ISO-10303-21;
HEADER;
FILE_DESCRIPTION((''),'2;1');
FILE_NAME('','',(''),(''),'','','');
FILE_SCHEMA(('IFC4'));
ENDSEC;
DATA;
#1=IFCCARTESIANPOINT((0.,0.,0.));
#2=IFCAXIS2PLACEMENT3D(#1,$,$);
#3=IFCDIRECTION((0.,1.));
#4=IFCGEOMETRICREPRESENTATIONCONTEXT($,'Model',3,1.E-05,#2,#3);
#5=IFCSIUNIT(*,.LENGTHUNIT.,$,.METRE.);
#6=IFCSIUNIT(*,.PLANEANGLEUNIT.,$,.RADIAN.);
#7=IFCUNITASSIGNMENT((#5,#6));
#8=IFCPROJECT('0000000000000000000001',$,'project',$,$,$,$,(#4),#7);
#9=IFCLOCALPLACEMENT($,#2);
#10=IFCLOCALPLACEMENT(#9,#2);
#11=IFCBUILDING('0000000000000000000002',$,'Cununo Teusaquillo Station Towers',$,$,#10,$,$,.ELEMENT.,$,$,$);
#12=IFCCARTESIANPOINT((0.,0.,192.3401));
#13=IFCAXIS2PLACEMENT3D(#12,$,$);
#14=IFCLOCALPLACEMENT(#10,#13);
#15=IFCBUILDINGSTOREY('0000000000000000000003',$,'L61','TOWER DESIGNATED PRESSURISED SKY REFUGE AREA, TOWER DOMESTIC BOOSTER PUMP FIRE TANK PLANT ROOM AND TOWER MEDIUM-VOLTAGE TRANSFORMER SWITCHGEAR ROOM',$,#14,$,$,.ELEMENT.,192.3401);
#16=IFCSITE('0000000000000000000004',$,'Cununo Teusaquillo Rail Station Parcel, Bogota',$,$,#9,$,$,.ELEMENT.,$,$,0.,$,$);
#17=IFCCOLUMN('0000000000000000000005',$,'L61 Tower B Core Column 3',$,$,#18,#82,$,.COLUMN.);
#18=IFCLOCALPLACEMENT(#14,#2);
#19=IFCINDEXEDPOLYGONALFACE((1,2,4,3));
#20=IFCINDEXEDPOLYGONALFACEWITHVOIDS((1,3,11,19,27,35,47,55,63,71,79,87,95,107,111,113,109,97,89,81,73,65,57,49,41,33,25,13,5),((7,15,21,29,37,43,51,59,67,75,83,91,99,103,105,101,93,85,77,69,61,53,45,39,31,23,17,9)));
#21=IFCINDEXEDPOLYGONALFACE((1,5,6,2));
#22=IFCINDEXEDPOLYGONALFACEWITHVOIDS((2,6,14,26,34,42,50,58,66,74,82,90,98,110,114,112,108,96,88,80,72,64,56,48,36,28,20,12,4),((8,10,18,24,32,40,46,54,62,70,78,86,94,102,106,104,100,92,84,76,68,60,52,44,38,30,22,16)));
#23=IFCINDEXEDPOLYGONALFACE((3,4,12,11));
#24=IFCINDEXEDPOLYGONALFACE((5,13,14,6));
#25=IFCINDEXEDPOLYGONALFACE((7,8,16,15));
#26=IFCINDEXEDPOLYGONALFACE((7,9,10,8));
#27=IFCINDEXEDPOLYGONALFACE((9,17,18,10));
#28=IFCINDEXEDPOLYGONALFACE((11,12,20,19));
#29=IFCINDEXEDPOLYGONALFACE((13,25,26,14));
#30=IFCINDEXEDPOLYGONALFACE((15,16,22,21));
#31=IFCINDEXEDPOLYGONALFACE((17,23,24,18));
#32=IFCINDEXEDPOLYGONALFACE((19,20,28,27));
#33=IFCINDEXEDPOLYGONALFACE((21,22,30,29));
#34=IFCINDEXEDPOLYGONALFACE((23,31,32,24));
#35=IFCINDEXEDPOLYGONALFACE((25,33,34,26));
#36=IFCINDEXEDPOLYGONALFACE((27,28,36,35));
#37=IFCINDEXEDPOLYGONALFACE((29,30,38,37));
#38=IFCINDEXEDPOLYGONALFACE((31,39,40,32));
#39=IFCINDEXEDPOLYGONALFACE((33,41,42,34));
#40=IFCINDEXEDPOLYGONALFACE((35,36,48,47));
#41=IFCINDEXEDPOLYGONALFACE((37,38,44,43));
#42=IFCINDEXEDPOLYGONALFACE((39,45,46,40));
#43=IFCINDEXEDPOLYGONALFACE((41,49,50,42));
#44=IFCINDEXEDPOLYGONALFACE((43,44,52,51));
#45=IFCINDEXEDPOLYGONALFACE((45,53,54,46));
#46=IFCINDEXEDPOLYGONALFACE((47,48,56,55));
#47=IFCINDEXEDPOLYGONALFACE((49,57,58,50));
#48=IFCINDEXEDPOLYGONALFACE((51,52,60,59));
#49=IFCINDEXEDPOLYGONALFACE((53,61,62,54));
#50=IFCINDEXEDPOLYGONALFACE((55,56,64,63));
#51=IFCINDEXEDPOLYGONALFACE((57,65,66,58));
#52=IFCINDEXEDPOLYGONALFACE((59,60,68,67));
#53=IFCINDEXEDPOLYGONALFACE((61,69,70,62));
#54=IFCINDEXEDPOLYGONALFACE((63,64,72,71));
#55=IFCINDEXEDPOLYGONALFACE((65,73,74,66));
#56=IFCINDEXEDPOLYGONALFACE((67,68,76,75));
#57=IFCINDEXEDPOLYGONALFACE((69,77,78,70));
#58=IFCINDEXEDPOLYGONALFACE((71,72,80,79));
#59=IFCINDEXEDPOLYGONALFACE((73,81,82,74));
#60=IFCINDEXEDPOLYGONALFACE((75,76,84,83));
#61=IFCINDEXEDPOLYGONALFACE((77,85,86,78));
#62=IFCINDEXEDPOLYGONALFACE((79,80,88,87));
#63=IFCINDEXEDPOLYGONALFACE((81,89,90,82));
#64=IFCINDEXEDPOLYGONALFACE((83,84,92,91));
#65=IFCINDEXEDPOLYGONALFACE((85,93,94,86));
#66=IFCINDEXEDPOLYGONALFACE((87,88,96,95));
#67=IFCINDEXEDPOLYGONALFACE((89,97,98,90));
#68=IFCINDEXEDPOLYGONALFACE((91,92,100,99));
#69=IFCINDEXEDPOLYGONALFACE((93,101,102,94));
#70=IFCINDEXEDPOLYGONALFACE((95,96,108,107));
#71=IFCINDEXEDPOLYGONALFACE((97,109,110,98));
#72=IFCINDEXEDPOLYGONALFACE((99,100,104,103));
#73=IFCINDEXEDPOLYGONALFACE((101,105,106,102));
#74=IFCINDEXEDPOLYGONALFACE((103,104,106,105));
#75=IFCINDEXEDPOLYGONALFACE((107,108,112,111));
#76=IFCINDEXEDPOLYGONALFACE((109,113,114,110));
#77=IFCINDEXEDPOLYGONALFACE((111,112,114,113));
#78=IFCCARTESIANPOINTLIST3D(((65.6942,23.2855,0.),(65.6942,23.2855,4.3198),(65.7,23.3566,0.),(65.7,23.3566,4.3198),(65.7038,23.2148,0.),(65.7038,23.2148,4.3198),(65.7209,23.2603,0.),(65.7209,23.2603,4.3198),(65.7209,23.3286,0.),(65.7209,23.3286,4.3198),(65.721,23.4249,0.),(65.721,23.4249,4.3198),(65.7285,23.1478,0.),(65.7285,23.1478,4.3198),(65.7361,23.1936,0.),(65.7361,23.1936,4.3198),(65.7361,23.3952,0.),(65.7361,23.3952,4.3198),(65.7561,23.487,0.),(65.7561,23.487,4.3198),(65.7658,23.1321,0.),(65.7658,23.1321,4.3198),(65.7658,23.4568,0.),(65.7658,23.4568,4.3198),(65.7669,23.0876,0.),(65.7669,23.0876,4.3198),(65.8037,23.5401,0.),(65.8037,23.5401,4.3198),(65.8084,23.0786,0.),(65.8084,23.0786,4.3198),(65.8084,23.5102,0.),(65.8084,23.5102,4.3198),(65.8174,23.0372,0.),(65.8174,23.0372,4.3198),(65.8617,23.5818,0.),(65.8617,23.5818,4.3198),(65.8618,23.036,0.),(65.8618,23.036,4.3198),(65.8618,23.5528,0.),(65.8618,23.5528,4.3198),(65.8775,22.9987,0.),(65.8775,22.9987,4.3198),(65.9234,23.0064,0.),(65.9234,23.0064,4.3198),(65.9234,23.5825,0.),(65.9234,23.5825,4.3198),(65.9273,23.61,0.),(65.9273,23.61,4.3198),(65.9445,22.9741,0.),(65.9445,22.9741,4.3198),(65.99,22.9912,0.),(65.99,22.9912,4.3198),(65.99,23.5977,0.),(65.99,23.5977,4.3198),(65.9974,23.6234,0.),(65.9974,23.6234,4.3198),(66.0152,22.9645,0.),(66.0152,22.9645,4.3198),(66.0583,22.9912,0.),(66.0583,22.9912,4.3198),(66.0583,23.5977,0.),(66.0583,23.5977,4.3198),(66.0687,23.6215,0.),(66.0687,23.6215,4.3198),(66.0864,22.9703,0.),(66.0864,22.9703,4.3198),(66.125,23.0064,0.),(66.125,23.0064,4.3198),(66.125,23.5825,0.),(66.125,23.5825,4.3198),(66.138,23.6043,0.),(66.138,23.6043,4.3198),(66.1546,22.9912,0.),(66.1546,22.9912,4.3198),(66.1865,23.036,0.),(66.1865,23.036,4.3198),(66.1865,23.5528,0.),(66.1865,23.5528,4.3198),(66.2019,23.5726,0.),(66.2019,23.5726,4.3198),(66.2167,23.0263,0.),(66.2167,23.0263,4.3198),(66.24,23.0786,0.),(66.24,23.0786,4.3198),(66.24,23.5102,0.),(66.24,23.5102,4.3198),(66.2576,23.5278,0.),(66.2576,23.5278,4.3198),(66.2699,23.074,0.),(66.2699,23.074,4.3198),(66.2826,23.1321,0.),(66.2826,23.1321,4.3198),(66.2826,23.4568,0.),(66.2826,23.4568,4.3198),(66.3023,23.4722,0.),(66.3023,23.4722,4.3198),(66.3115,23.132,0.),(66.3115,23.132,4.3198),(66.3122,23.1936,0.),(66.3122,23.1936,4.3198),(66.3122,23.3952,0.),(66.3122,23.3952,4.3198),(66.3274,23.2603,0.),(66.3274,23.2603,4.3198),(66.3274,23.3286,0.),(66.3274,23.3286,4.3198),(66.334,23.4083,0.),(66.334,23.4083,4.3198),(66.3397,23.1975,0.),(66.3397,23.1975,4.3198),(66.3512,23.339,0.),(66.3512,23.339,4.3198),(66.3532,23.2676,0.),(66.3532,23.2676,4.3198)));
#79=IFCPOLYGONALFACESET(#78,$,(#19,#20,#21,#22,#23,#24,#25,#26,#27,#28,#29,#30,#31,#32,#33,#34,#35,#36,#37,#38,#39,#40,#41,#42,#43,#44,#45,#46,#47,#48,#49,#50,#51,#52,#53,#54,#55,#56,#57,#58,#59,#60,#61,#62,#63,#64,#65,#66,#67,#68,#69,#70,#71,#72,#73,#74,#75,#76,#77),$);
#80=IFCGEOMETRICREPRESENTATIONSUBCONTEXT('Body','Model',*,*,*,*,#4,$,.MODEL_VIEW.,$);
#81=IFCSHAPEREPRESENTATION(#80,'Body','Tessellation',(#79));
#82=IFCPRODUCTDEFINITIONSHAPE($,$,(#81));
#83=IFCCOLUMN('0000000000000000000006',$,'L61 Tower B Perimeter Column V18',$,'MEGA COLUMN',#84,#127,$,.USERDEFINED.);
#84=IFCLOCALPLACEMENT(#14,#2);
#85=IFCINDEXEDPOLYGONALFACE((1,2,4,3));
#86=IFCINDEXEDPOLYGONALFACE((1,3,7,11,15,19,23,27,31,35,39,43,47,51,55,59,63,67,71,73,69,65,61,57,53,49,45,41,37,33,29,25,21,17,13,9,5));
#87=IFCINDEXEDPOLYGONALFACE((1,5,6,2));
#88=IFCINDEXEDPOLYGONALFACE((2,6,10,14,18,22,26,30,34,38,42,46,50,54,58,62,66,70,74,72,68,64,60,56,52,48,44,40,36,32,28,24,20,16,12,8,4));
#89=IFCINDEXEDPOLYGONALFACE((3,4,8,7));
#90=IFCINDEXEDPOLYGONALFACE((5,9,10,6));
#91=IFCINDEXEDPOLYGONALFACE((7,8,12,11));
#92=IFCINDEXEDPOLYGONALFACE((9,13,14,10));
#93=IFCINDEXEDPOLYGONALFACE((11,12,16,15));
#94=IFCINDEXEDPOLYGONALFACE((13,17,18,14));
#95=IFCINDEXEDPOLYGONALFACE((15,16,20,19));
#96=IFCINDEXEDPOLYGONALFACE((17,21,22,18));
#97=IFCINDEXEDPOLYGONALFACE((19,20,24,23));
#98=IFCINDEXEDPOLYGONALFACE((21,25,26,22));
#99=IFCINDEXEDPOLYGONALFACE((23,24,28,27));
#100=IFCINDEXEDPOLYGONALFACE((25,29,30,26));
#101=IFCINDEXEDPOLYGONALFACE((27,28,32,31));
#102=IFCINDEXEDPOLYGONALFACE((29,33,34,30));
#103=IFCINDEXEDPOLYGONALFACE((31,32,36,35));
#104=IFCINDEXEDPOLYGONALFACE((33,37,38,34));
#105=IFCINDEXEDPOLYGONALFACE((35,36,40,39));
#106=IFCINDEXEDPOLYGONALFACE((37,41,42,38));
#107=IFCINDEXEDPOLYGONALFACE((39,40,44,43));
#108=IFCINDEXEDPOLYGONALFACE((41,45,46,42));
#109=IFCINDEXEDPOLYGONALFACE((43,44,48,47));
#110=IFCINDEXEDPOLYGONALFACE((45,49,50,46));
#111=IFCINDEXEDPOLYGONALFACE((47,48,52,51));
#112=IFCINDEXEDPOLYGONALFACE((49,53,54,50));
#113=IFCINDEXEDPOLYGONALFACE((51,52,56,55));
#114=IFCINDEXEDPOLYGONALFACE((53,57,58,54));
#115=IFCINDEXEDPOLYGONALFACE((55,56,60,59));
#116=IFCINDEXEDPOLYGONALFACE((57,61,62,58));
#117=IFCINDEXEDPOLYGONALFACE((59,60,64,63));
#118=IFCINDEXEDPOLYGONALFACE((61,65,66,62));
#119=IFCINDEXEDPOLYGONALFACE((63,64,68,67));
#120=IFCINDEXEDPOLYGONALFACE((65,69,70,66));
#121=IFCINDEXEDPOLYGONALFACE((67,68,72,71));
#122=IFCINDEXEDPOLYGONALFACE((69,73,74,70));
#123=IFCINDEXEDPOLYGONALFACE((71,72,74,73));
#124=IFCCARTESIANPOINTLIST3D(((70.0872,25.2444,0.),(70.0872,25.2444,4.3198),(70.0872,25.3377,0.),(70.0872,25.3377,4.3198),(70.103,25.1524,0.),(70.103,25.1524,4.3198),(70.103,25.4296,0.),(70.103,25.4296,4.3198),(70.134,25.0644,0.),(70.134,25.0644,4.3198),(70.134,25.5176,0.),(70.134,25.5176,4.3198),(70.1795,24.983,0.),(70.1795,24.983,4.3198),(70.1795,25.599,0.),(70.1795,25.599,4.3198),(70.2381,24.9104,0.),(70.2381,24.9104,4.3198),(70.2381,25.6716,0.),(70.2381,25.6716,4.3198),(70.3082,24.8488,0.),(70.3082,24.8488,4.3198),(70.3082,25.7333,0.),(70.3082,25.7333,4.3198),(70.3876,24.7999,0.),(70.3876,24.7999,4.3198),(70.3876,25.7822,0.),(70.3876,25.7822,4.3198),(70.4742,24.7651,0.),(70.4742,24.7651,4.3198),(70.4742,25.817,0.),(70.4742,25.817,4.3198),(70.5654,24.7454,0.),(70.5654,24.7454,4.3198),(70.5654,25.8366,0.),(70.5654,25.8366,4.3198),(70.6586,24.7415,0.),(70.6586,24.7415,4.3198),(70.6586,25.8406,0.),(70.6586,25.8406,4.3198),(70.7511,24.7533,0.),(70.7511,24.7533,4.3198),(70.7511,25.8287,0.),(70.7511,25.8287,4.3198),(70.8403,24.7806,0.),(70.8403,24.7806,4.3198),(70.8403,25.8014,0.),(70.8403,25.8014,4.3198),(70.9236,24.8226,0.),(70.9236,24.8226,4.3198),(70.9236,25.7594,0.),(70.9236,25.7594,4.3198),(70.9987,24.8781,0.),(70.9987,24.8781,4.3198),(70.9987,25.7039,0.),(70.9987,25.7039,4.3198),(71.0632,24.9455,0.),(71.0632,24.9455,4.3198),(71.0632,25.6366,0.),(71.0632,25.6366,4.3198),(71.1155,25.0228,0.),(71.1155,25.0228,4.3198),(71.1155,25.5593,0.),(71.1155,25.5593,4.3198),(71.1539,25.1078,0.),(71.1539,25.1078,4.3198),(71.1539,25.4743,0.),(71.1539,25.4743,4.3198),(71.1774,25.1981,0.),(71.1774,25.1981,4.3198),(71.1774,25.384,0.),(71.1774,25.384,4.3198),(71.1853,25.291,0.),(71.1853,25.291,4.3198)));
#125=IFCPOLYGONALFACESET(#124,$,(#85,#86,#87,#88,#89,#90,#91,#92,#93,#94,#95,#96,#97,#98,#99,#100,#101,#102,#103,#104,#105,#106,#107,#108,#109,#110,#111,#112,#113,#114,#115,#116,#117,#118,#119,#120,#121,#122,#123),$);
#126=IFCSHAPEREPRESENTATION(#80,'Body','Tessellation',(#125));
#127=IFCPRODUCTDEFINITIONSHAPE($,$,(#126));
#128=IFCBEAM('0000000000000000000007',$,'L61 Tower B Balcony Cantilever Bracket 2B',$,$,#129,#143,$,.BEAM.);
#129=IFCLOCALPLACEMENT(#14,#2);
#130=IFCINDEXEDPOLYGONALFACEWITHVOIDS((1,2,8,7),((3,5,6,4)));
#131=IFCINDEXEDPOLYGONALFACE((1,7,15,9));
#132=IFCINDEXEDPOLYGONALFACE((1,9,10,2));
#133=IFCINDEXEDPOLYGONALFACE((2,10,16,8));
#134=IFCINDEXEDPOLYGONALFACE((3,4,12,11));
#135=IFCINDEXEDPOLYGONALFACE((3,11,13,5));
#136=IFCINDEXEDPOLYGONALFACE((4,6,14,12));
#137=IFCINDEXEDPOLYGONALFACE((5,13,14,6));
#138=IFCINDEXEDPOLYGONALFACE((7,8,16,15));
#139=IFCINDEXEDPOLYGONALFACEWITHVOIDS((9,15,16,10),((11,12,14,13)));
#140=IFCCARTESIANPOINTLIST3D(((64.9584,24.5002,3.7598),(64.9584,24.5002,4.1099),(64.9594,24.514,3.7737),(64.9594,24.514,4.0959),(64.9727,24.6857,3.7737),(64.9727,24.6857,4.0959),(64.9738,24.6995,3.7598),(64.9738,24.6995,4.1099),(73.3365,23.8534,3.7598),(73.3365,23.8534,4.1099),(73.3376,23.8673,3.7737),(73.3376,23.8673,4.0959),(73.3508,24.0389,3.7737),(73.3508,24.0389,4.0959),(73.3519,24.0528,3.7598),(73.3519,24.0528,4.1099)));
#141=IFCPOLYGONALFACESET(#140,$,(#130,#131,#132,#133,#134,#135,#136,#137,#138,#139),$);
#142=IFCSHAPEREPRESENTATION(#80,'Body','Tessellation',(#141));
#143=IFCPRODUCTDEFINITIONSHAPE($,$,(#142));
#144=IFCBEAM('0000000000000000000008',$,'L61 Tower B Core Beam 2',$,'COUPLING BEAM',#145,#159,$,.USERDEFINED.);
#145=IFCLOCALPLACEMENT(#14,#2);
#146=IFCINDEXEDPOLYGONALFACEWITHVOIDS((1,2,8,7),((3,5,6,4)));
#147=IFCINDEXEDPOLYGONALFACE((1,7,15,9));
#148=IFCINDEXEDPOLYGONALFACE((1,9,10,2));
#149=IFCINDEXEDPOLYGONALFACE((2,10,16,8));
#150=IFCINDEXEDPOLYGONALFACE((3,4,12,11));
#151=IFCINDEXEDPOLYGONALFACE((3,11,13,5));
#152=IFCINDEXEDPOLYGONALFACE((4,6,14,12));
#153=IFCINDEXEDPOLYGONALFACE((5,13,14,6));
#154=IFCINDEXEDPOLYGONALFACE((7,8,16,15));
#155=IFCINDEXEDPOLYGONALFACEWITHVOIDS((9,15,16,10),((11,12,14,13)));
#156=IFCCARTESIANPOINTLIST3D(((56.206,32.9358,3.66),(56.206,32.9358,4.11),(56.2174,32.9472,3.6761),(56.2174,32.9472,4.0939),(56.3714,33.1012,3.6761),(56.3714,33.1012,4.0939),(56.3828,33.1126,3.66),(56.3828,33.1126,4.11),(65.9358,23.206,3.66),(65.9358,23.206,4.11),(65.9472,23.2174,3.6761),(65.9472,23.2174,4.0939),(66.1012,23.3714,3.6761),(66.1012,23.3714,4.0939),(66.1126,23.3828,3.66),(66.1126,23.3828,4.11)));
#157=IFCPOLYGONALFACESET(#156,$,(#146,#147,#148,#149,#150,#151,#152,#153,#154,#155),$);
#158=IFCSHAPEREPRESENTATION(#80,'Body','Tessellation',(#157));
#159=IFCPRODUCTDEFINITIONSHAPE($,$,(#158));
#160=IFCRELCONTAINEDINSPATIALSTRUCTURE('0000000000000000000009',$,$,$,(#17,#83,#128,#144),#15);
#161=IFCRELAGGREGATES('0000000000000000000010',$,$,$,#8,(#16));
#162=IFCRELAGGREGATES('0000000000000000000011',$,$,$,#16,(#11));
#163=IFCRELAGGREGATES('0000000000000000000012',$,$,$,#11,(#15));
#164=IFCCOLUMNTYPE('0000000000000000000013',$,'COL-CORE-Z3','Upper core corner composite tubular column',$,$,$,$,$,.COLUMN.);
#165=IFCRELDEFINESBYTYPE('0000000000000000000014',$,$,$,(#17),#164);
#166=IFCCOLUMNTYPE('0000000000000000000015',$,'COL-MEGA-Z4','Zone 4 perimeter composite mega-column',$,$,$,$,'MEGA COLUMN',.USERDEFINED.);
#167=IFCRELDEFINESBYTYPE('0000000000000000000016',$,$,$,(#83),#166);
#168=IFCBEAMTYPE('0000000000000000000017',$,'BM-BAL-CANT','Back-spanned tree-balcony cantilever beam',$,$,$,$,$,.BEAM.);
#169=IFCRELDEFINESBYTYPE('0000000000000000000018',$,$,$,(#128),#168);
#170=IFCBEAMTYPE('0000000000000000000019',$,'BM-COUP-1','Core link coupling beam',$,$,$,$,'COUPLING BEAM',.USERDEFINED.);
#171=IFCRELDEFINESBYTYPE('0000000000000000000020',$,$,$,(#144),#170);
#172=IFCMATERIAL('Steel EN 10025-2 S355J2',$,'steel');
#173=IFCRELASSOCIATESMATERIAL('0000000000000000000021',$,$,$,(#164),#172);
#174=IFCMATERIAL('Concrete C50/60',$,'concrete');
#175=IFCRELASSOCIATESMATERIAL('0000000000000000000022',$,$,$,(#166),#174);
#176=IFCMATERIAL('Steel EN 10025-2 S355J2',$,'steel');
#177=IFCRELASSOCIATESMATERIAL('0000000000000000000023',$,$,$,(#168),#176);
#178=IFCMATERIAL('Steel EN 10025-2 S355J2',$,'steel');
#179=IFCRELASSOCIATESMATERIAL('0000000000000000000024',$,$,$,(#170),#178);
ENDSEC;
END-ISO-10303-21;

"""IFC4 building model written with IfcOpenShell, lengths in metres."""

from ifc_helpers import new_model, si_unit, direction, frame, origin, origin_2d, place, context, subcontext, project, spatial, hollow_rectangle, circle, hollow_circle, extrude, material, material_profile, profile_set, type_object, element, save


model = new_model("IFC4")

# Units and contexts
model_context = context("Model", 3, precision=1e-05, world=origin(), true_north=direction((0.0, 1.0)))
body_context = subcontext(model_context, "Body", "Model", "MODEL_VIEW")
ifc_project = project(units=[si_unit("LENGTHUNIT", "METRE"), si_unit("PLANEANGLEUNIT", "RADIAN")], contexts=[model_context])

# Site, building, storey
site_placement = place(None, origin())
site = spatial("IfcSite", under=ifc_project, at=site_placement, Name="Cununo Teusaquillo Rail Station Parcel, Bogota", CompositionType="ELEMENT", RefElevation=0.0)
building_placement = place(site_placement, origin())
building = spatial("IfcBuilding", under=site, at=building_placement, Name="Cununo Teusaquillo Station Towers", CompositionType="ELEMENT")
storey_placement = place(building_placement, frame((0.0, 0.0, 192.3401)))
storey = spatial("IfcBuildingStorey", under=building, at=storey_placement, Name="L61", Description="TOWER DESIGNATED PRESSURISED SKY REFUGE AREA, TOWER DOMESTIC BOOSTER PUMP FIRE TANK PLANT ROOM AND TOWER MEDIUM-VOLTAGE TRANSFORMER SWITCHGEAR ROOM", CompositionType="ELEMENT", Elevation=192.3401)

# Columns
ifc_material_1 = material(Name="Steel EN 10025-2 S355J2", Category="steel")
ifc_material_profile_1 = material_profile(ifc_material_1, hollow_circle(Radius=0.3301, WallThickness=0.0249, at=origin_2d()), Name="CHS 660x25")
ifc_profile_set_1 = profile_set([ifc_material_profile_1], Name="Steel EN 10025-2 S355J2")
column_type_1 = type_object("IfcColumnType", Name="COL-CORE-Z3", Description="Upper core corner composite tubular column", PredefinedType="COLUMN", material=ifc_profile_set_1)
column_1_placement = place(storey_placement, frame((66.0242, 23.2944, 0.0), z_axis=(0.0, 0.0, 1.0), x_axis=(0.707107, 0.707107, 0.0)))
element("IfcColumn", 1, at=column_1_placement, inside=storey, type_object=column_type_1, Name="L61 Tower B Core Column 3", PredefinedType="COLUMN", context=body_context, shape_type="SweptSolid", body=[
    extrude(hollow_circle(Radius=0.3301, WallThickness=0.0249, at=origin_2d()), origin(), (0.0, 0.0, 1.0), 4.3198),
])
ifc_material_2 = material(Name="Concrete C50/60", Category="concrete")
ifc_material_profile_2 = material_profile(ifc_material_2, circle(Radius=0.55, at=origin_2d()), Name="RC-CIRC-1100")
ifc_profile_set_2 = profile_set([ifc_material_profile_2], Name="Concrete C50/60")
column_type_2 = type_object("IfcColumnType", Name="COL-MEGA-Z4", Description="Zone 4 perimeter composite mega-column", ElementType="MEGA COLUMN", PredefinedType="USERDEFINED", material=ifc_profile_set_2)
column_2_placement = place(storey_placement, frame((70.6353, 25.291, 0.0), z_axis=(0.0, 0.0, 1.0), x_axis=(1.0, 0.0, 0.0)))
element("IfcColumn", 2, at=column_2_placement, inside=storey, type_object=column_type_2, Name="L61 Tower B Perimeter Column V18", ObjectType="MEGA COLUMN", PredefinedType="USERDEFINED", context=body_context, shape_type="SweptSolid", body=[
    extrude(circle(Radius=0.55, at=origin_2d()), origin(), (0.0, 0.0, 1.0), 4.3198),
])

# Beams
ifc_material_3 = material(Name="Steel EN 10025-2 S355J2", Category="steel")
ifc_material_profile_3 = material_profile(ifc_material_3, hollow_rectangle(XDim=0.2, YDim=0.3501, WallThickness=0.0139, at=origin_2d()), Name="RHS 350x200x14")
ifc_profile_set_3 = profile_set([ifc_material_profile_3], Name="Steel EN 10025-2 S355J2")
beam_type_1 = type_object("IfcBeamType", Name="BM-BAL-CANT", Description="Back-spanned tree-balcony cantilever beam", PredefinedType="BEAM", material=ifc_profile_set_3)
beam_1_placement = place(storey_placement, frame((64.9661, 24.5999, 3.9348), z_axis=(0.997034, -0.076963, 0.0), x_axis=(0.076963, 0.997034, 0.0)))
element("IfcBeam", 3, at=beam_1_placement, inside=storey, type_object=beam_type_1, Name="L61 Tower B Balcony Cantilever Bracket 2B", PredefinedType="BEAM", context=body_context, shape_type="SweptSolid", body=[
    extrude(hollow_rectangle(XDim=0.2, YDim=0.3501, WallThickness=0.0139, at=origin_2d()), origin(), (0.0, 0.0, 1.0), 8.4031),
])
ifc_material_4 = material(Name="Steel EN 10025-2 S355J2", Category="steel")
ifc_material_profile_4 = material_profile(ifc_material_4, hollow_rectangle(XDim=0.25, YDim=0.45, WallThickness=0.0161, at=origin_2d()), Name="RHS 450x250x16")
ifc_profile_set_4 = profile_set([ifc_material_profile_4], Name="Steel EN 10025-2 S355J2")
beam_type_2 = type_object("IfcBeamType", Name="BM-COUP-1", Description="Core link coupling beam", ElementType="COUPLING BEAM", PredefinedType="USERDEFINED", material=ifc_profile_set_4)
beam_2_placement = place(storey_placement, frame((66.0242, 23.2944, 3.885), z_axis=(-0.707107, 0.707107, 0.0), x_axis=(-0.707107, -0.707107, 0.0)))
element("IfcBeam", 4, at=beam_2_placement, inside=storey, type_object=beam_type_2, Name="L61 Tower B Core Beam 2", ObjectType="COUPLING BEAM", PredefinedType="USERDEFINED", context=body_context, shape_type="SweptSolid", body=[
    extrude(hollow_rectangle(XDim=0.25, YDim=0.45, WallThickness=0.0161, at=origin_2d()), origin(), (0.0, 0.0, 1.0), 13.76),
])

save(model, "model.ifc")
